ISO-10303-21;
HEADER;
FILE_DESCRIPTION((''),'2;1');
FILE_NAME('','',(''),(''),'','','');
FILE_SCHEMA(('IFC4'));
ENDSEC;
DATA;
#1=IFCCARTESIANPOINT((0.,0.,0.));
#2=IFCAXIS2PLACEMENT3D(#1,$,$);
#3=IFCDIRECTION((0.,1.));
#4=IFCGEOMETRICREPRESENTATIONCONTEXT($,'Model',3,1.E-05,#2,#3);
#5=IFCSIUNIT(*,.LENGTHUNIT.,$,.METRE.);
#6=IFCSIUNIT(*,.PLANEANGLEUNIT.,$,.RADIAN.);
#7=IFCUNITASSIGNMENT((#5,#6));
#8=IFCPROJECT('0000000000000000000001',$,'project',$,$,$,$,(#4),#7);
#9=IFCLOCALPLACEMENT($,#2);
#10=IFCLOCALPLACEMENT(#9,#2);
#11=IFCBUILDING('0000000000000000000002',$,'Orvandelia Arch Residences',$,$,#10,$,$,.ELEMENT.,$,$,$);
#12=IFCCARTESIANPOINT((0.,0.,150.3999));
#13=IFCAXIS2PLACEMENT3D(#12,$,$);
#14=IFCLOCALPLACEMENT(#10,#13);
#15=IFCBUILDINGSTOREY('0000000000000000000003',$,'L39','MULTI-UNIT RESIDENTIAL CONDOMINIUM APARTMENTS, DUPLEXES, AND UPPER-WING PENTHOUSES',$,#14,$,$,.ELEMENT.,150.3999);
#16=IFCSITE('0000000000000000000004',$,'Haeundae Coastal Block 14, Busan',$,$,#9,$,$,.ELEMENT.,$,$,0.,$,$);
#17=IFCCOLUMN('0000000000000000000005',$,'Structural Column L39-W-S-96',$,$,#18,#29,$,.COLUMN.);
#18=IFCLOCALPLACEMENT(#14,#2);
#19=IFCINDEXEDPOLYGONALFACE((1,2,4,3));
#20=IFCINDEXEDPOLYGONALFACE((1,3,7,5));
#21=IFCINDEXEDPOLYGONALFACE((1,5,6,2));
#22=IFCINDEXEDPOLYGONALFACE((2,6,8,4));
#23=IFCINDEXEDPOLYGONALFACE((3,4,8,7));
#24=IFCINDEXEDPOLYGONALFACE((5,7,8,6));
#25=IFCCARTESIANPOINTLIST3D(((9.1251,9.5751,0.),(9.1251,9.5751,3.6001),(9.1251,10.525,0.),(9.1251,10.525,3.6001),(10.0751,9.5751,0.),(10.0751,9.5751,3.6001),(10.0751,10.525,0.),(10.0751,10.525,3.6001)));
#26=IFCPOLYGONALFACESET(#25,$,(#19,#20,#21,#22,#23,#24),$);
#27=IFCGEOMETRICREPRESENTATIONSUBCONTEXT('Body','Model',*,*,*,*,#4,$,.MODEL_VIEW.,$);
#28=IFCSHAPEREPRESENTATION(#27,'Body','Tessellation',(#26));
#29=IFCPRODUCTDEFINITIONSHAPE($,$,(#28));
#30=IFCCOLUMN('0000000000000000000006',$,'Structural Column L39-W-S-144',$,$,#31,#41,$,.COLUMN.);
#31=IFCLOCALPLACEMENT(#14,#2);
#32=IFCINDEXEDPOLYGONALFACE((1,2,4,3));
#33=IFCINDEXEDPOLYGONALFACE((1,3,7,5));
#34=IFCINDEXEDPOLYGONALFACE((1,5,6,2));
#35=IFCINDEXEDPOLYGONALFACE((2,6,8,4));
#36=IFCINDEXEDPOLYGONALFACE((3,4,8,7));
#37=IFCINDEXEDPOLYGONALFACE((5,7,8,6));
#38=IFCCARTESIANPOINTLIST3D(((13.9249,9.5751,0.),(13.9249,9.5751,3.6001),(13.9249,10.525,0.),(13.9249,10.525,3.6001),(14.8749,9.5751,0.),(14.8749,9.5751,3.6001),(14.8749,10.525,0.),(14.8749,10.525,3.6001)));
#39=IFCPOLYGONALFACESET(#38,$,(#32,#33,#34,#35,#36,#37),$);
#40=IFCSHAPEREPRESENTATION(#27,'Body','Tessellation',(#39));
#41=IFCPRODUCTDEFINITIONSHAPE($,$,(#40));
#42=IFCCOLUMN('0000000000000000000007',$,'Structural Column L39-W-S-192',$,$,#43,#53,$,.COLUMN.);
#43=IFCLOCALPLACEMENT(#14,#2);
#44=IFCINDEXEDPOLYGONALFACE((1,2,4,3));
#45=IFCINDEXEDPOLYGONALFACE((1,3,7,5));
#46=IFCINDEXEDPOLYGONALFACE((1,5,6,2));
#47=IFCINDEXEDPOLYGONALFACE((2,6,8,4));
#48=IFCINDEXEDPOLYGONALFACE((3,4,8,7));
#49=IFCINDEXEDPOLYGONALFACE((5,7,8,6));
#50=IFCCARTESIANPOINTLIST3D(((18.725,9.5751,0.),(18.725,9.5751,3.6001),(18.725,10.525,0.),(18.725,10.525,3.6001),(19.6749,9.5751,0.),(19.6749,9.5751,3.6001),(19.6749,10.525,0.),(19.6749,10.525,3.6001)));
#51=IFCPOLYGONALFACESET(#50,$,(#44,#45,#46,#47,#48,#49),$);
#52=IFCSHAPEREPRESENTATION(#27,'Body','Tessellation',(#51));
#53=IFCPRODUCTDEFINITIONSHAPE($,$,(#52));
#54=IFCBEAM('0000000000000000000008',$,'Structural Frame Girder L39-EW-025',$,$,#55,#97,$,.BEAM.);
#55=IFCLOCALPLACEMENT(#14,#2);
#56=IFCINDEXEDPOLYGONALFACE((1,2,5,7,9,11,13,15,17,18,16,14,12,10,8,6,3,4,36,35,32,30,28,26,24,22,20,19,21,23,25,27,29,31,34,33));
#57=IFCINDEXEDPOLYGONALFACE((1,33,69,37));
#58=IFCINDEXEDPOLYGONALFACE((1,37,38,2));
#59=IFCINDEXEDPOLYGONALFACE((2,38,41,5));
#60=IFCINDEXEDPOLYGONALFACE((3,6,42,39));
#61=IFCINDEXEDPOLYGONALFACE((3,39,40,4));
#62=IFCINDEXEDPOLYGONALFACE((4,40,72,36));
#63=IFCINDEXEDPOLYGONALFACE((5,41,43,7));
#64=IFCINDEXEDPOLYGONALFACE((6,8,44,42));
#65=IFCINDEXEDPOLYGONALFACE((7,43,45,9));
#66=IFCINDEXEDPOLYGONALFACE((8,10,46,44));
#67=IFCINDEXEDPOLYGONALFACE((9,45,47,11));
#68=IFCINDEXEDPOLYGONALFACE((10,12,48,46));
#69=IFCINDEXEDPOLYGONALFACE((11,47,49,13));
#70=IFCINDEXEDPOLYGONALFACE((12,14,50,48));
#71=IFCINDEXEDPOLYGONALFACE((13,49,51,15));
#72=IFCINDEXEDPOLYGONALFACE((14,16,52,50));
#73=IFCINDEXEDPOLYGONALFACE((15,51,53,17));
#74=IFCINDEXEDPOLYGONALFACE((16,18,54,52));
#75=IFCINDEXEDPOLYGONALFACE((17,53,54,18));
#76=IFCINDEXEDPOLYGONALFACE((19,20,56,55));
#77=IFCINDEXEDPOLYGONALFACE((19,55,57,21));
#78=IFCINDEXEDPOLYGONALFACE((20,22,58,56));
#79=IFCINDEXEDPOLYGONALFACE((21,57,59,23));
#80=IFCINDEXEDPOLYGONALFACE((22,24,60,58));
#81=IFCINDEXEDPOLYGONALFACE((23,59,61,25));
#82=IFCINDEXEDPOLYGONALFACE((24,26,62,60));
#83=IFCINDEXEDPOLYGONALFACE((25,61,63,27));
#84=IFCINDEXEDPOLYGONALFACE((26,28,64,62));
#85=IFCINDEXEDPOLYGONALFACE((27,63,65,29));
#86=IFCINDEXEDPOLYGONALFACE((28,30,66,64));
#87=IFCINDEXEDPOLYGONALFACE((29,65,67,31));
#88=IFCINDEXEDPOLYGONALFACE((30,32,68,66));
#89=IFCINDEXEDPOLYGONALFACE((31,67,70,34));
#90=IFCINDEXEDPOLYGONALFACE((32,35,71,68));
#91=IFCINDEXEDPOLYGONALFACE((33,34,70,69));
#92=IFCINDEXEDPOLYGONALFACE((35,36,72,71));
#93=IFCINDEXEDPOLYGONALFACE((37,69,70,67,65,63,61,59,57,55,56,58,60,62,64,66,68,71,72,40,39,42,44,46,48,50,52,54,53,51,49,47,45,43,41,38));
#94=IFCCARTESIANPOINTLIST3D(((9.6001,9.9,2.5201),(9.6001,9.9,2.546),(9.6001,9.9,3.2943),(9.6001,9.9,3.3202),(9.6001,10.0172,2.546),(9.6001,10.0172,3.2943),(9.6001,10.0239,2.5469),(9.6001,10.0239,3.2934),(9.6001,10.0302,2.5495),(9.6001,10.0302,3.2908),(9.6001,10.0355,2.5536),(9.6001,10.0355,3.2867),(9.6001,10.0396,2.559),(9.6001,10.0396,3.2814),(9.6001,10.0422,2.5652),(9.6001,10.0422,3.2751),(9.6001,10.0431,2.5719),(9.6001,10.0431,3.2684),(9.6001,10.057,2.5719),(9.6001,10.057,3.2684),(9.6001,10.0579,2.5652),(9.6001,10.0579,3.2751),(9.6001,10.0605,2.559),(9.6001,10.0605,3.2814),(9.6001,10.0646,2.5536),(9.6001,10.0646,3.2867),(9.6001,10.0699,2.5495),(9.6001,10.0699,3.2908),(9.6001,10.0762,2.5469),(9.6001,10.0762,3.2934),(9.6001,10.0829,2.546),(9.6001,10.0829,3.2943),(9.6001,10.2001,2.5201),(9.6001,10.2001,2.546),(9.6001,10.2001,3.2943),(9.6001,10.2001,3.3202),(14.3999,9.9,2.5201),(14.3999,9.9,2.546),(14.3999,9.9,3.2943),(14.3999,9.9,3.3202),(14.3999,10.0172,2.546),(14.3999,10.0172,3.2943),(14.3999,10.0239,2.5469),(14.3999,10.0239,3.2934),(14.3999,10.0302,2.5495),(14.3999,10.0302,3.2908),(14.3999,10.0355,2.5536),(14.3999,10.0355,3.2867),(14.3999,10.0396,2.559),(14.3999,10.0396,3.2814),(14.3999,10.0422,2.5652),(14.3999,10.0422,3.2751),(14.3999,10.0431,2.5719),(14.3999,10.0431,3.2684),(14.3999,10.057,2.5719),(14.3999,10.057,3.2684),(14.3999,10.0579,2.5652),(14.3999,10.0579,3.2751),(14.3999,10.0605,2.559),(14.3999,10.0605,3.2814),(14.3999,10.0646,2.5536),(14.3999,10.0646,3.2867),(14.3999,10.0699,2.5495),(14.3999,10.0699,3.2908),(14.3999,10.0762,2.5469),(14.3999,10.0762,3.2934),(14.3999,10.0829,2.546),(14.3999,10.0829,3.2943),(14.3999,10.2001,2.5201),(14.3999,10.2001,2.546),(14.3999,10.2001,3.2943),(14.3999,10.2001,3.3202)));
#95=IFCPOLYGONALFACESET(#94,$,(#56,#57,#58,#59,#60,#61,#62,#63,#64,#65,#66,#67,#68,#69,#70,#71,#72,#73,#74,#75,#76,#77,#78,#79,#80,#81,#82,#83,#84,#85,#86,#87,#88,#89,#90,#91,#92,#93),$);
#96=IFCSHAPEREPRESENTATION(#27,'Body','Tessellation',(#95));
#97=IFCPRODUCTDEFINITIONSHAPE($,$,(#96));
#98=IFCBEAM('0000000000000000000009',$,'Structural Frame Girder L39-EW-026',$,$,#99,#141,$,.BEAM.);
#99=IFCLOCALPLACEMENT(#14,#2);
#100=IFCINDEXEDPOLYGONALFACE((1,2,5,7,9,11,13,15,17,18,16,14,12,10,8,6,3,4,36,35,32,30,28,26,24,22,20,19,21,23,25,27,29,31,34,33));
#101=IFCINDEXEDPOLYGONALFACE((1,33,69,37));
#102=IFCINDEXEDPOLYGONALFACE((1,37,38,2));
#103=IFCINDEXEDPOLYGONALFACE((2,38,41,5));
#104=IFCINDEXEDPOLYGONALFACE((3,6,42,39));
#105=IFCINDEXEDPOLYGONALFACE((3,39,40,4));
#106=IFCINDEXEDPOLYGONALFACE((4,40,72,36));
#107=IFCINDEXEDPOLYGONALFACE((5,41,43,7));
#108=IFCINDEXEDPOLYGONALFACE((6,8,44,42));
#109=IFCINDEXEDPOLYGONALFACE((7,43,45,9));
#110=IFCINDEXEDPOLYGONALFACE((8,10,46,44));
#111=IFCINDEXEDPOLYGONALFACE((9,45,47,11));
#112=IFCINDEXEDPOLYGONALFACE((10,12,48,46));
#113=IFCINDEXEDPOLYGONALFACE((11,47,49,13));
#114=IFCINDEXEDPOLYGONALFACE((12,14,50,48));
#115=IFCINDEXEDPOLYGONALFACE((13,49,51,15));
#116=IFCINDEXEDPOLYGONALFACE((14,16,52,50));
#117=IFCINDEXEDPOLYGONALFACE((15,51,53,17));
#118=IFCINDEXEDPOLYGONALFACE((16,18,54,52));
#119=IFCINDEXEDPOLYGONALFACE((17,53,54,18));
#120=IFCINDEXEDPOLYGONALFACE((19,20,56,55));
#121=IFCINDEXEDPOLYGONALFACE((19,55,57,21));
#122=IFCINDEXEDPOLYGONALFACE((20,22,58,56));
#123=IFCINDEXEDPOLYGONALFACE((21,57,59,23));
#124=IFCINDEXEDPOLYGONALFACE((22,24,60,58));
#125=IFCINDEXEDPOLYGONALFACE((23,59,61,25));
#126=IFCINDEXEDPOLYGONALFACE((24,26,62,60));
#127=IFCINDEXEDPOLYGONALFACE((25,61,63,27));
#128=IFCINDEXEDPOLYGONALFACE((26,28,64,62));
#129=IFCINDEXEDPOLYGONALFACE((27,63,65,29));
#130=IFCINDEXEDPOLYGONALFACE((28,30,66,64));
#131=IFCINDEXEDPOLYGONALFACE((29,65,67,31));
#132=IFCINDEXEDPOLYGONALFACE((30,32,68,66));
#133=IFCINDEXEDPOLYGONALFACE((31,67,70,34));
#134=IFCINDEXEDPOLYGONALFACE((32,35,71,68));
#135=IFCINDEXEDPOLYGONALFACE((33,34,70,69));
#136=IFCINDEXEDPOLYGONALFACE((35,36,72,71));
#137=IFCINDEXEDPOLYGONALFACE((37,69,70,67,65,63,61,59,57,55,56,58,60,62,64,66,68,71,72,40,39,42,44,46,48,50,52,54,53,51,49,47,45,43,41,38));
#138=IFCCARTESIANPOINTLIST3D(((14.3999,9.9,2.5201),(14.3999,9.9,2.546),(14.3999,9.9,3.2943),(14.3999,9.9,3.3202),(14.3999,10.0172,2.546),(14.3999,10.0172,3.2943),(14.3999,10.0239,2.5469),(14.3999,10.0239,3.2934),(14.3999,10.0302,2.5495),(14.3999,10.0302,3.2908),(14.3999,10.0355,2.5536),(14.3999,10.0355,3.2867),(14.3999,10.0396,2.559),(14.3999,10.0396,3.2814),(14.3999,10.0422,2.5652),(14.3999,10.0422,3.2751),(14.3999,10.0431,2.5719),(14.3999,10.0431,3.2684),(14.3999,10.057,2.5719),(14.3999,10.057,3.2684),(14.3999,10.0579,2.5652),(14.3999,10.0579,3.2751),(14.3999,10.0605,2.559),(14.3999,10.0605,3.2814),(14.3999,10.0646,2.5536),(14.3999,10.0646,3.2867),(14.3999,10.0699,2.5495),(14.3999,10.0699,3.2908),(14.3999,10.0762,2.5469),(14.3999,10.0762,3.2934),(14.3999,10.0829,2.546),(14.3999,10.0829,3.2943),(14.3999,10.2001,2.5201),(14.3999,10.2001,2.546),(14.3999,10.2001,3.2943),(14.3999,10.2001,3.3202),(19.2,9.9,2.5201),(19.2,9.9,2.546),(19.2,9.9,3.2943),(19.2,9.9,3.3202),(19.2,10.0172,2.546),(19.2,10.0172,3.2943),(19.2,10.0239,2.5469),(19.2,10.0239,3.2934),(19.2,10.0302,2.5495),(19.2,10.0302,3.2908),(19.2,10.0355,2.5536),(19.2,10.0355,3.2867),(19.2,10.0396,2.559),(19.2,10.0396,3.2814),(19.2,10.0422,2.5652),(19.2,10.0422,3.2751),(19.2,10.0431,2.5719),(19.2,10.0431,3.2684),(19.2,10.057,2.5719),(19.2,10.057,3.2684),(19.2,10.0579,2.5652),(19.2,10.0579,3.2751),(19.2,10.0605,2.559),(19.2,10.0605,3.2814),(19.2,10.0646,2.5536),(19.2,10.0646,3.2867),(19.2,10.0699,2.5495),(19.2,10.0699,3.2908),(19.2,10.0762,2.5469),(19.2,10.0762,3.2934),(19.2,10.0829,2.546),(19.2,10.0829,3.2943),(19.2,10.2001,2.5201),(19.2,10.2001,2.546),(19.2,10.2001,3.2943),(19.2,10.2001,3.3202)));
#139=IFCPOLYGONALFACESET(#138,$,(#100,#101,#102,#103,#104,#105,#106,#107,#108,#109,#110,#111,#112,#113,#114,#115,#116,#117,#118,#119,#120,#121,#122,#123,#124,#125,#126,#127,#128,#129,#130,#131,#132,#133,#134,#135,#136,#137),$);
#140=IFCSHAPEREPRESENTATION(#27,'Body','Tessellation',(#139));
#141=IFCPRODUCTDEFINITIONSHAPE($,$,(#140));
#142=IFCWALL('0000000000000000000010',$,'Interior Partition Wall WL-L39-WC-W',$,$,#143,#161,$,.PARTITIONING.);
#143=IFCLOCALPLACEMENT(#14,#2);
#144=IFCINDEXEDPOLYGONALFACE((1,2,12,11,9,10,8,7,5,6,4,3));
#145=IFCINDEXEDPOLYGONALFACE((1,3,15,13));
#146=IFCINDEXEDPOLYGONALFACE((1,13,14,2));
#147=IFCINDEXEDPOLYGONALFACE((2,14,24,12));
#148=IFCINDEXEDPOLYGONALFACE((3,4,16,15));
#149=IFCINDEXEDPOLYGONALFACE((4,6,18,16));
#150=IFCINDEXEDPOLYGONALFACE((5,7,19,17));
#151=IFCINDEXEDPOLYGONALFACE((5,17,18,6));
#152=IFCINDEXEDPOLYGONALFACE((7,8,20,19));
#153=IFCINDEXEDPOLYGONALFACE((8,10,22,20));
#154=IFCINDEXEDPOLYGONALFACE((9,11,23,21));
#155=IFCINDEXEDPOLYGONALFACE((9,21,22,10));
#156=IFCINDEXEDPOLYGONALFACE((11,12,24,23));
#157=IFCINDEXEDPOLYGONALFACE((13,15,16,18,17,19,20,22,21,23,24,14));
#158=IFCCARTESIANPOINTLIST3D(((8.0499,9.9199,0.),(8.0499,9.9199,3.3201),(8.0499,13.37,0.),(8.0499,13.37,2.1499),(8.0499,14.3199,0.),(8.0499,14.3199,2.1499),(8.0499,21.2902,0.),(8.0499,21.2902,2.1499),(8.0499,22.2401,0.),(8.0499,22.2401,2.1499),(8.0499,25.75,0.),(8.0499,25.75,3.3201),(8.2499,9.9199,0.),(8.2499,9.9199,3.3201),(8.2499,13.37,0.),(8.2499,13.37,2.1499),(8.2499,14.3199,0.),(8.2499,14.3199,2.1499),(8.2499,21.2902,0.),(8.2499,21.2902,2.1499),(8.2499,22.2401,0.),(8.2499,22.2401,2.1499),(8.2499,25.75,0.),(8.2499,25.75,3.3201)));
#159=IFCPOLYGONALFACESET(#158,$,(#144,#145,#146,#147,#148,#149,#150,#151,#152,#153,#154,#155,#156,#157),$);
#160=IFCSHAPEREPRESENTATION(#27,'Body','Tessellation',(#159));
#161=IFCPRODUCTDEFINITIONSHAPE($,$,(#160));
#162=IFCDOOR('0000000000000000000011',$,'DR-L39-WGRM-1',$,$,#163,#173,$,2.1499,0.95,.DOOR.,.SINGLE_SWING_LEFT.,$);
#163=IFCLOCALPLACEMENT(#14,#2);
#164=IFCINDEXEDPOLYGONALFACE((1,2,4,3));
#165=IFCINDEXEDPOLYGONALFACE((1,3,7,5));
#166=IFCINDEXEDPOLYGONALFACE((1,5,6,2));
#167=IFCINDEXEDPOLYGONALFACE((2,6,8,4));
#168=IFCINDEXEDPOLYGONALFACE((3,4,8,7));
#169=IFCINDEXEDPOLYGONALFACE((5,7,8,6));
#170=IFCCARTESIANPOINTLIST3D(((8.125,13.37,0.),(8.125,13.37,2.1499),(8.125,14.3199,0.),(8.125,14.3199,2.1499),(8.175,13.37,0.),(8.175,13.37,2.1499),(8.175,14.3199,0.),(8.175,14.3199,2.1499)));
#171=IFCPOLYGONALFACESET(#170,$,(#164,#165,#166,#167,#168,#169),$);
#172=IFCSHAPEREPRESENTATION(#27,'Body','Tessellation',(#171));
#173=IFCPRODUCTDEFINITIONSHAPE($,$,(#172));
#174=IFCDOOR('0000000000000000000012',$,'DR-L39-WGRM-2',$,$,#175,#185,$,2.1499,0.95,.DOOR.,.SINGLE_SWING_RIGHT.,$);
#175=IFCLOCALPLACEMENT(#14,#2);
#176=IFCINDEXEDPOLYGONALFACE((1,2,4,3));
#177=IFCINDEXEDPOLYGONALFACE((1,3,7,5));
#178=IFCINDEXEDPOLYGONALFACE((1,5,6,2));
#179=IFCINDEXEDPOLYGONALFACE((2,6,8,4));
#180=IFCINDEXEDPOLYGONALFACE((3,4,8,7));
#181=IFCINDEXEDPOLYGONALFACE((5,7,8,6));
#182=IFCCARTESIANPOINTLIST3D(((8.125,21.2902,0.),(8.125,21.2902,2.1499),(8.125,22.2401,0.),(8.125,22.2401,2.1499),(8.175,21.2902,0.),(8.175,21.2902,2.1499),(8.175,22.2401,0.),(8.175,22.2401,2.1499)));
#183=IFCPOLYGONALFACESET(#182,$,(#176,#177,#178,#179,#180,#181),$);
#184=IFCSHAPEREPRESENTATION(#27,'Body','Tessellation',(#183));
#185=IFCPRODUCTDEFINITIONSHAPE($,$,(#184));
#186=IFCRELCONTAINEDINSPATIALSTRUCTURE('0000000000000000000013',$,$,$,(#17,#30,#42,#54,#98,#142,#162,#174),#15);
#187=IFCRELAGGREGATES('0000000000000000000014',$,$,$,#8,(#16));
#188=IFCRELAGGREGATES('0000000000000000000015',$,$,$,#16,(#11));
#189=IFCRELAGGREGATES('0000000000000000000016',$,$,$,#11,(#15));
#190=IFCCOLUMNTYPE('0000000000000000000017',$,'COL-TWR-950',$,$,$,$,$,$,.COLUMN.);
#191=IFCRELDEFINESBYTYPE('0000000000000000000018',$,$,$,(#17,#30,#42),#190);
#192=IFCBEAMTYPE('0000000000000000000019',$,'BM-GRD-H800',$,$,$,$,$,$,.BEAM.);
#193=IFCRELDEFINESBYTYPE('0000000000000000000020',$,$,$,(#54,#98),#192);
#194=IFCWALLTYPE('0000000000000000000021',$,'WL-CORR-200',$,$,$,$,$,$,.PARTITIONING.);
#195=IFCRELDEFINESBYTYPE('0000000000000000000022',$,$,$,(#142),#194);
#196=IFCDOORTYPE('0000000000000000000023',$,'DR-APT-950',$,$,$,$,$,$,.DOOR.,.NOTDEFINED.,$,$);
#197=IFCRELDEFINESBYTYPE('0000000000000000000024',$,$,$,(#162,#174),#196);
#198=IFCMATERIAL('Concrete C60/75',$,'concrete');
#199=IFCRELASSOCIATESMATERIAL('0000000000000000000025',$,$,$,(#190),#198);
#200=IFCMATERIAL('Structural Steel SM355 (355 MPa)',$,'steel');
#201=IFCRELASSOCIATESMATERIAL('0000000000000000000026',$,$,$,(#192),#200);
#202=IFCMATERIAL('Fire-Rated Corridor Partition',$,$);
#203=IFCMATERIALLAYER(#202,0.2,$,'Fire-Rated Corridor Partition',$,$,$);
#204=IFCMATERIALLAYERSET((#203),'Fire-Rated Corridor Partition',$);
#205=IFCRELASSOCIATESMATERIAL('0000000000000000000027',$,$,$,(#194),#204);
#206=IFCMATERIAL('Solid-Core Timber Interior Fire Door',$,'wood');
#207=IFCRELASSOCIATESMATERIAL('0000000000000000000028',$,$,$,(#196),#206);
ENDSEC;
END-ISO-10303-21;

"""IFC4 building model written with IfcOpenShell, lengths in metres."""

from ifc_helpers import new_model, si_unit, direction, frame, frame_2d, origin, origin_2d, place, context, subcontext, project, spatial, rectangle, i_section, extrude, material, layer, layer_set, material_profile, profile_set, type_object, element, fill, save


model = new_model("IFC4")

# Units and contexts
model_context = context("Model", 3, precision=1e-05, world=origin(), true_north=direction((0.0, 1.0)))
body_context = subcontext(model_context, "Body", "Model", "MODEL_VIEW")
ifc_project = project(units=[si_unit("LENGTHUNIT", "METRE"), si_unit("PLANEANGLEUNIT", "RADIAN")], contexts=[model_context])

# Site, building, storey
site_placement = place(None, origin())
site = spatial("IfcSite", under=ifc_project, at=site_placement, Name="Haeundae Coastal Block 14, Busan", CompositionType="ELEMENT", RefElevation=0.0)
building_placement = place(site_placement, origin())
building = spatial("IfcBuilding", under=site, at=building_placement, Name="Orvandelia Arch Residences", CompositionType="ELEMENT")
storey_placement = place(building_placement, frame((0.0, 0.0, 150.3999)))
storey = spatial("IfcBuildingStorey", under=building, at=storey_placement, Name="L39", Description="MULTI-UNIT RESIDENTIAL CONDOMINIUM APARTMENTS, DUPLEXES, AND UPPER-WING PENTHOUSES", CompositionType="ELEMENT", Elevation=150.3999)

# Columns
ifc_material_1 = material(Name="Concrete C60/75", Category="concrete")
ifc_material_profile_1 = material_profile(ifc_material_1, rectangle(XDim=0.95, YDim=0.95, at=origin_2d()), Name="Concrete C60/75", Category="concrete")
ifc_profile_set_1 = profile_set([ifc_material_profile_1], Name="Concrete C60/75")
column_type = type_object("IfcColumnType", Name="COL-TWR-950", PredefinedType="COLUMN", material=ifc_profile_set_1)
for number, where, z_axis, x_axis, name in (
    (1, (9.6001, 10.05, 0.0), (0.0, 0.0, 1.0), (1.0, 0.0, 0.0), "Structural Column L39-W-S-96"),
    (2, (14.3999, 10.05, 0.0), (0.0, 0.0, 1.0), (1.0, 0.0, 0.0), "Structural Column L39-W-S-144"),
    (3, (19.2, 10.05, 0.0), (0.0, 0.0, 1.0), (1.0, 0.0, 0.0), "Structural Column L39-W-S-192"),
):
    element("IfcColumn", number, at=place(storey_placement, frame(where, z_axis=z_axis, x_axis=x_axis)), inside=storey, type_object=column_type, Name=name, PredefinedType="COLUMN", context=body_context, shape_type="SweptSolid", body=[
        extrude(rectangle(XDim=0.95, YDim=0.95, at=origin_2d()), origin(), (0.0, 0.0, 1.0), 3.6001),
    ])

# Beams
ifc_material_2 = material(Name="Structural Steel SM355 (355 MPa)", Category="steel")
ifc_material_profile_2 = material_profile(ifc_material_2, i_section(OverallWidth=0.3, OverallDepth=0.8, WebThickness=0.0139, FlangeThickness=0.0259, FilletRadius=0.0259, at=origin_2d()), Name="Structural Steel SM355 (355 MPa)", Category="steel")
ifc_profile_set_2 = profile_set([ifc_material_profile_2], Name="Structural Steel SM355 (355 MPa)")
beam_type = type_object("IfcBeamType", Name="BM-GRD-H800", PredefinedType="BEAM", material=ifc_profile_set_2)
beam_1_placement = place(storey_placement, frame((9.6001, 10.05, 2.9202), z_axis=(1.0, 0.0, 0.0), x_axis=(0.0, 1.0, 0.0)))
element("IfcBeam", 4, at=beam_1_placement, inside=storey, type_object=beam_type, Name="Structural Frame Girder L39-EW-025", PredefinedType="BEAM", context=body_context, shape_type="SweptSolid", body=[
    extrude(i_section(OverallWidth=0.3, OverallDepth=0.8, WebThickness=0.0139, FlangeThickness=0.0259, FilletRadius=0.0259, at=origin_2d()), origin(), (0.0, 0.0, 1.0), 4.7998),
])
beam_2_placement = place(storey_placement, frame((14.3999, 10.05, 2.9202), z_axis=(1.0, 0.0, 0.0), x_axis=(0.0, 1.0, 0.0)))
element("IfcBeam", 5, at=beam_2_placement, inside=storey, type_object=beam_type, Name="Structural Frame Girder L39-EW-026", PredefinedType="BEAM", context=body_context, shape_type="SweptSolid", body=[
    extrude(i_section(OverallWidth=0.3, OverallDepth=0.8, WebThickness=0.0139, FlangeThickness=0.0259, FilletRadius=0.0259, at=origin_2d()), origin(), (0.0, 0.0, 1.0), 4.8),
])

# Wall, openings, doors
ifc_material_3 = material(Name="Fire-Rated Corridor Partition")
ifc_layer_1 = layer(ifc_material_3, 0.2, Name="Fire-Rated Corridor Partition")
ifc_layer_set_1 = layer_set([ifc_layer_1], Name="Fire-Rated Corridor Partition")
wall_type_1 = type_object("IfcWallType", Name="WL-CORR-200", PredefinedType="PARTITIONING", material=ifc_layer_set_1)
wall_1_placement = place(storey_placement, frame((8.1499, 9.9199, 0.0), z_axis=(0.0, 0.0, 1.0), x_axis=(0.0, 1.0, 0.0)))
wall_1 = element("IfcWall", 6, at=wall_1_placement, inside=storey, type_object=wall_type_1, Name="Interior Partition Wall WL-L39-WC-W", PredefinedType="PARTITIONING", context=body_context, shape_type="SweptSolid", body=[
    extrude(rectangle(XDim=15.8301, YDim=0.2, at=frame_2d((7.915, 0.0))), origin(), (0.0, 0.0, 1.0), 3.3201),
])
opening_1_placement = place(wall_1_placement, frame((3.45, 0.0, 0.0)))
opening_1 = element("IfcOpeningElement", 7, at=opening_1_placement, cuts=wall_1, PredefinedType="OPENING", context=body_context, shape_type="SweptSolid", body=[
    extrude(rectangle(XDim=0.95, YDim=2.1499, at=frame_2d((0.4751, 1.075))), frame((0.0, 0.1099, 0.0), z_axis=(0.0, -1.0, 0.0), x_axis=(1.0, 0.0, 0.0)), (0.0, 0.0, 1.0), 0.22),
])
opening_2_placement = place(wall_1_placement, frame((11.3701, 0.0, 0.0)))
opening_2 = element("IfcOpeningElement", 8, at=opening_2_placement, cuts=wall_1, PredefinedType="OPENING", context=body_context, shape_type="SweptSolid", body=[
    extrude(rectangle(XDim=0.95, YDim=2.1499, at=frame_2d((0.4751, 1.075))), frame((0.0, 0.1099, 0.0), z_axis=(0.0, -1.0, 0.0), x_axis=(1.0, 0.0, 0.0)), (0.0, 0.0, 1.0), 0.22),
])
ifc_material_4 = material(Name="Solid-Core Timber Interior Fire Door", Category="wood")
door_type_1 = type_object("IfcDoorType", Name="DR-APT-950", OperationType="NOTDEFINED", PredefinedType="DOOR", material=ifc_material_4)
door_1_placement = place(opening_1_placement, origin())
door_1 = element("IfcDoor", 9, at=door_1_placement, inside=storey, type_object=door_type_1, Name="DR-L39-WGRM-1", OperationType="SINGLE_SWING_LEFT", OverallHeight=2.1499, OverallWidth=0.95, PredefinedType="DOOR", context=body_context, shape_type="SweptSolid", body=[
    extrude(rectangle(XDim=0.95, YDim=2.1499, at=frame_2d((0.4751, 1.075))), frame((0.0, 0.0249, 0.0), z_axis=(0.0, -1.0, 0.0), x_axis=(1.0, 0.0, 0.0)), (0.0, 0.0, 1.0), 0.05),
])
fill(opening_1, door_1)
door_2_placement = place(opening_2_placement, origin())
door_2 = element("IfcDoor", 10, at=door_2_placement, inside=storey, type_object=door_type_1, Name="DR-L39-WGRM-2", OperationType="SINGLE_SWING_RIGHT", OverallHeight=2.1499, OverallWidth=0.95, PredefinedType="DOOR", context=body_context, shape_type="SweptSolid", body=[
    extrude(rectangle(XDim=0.95, YDim=2.1499, at=frame_2d((0.4751, 1.075))), frame((0.0, 0.0249, 0.0), z_axis=(0.0, -1.0, 0.0), x_axis=(1.0, 0.0, 0.0)), (0.0, 0.0, 1.0), 0.05),
])
fill(opening_2, door_2)

save(model, "model.ifc")
